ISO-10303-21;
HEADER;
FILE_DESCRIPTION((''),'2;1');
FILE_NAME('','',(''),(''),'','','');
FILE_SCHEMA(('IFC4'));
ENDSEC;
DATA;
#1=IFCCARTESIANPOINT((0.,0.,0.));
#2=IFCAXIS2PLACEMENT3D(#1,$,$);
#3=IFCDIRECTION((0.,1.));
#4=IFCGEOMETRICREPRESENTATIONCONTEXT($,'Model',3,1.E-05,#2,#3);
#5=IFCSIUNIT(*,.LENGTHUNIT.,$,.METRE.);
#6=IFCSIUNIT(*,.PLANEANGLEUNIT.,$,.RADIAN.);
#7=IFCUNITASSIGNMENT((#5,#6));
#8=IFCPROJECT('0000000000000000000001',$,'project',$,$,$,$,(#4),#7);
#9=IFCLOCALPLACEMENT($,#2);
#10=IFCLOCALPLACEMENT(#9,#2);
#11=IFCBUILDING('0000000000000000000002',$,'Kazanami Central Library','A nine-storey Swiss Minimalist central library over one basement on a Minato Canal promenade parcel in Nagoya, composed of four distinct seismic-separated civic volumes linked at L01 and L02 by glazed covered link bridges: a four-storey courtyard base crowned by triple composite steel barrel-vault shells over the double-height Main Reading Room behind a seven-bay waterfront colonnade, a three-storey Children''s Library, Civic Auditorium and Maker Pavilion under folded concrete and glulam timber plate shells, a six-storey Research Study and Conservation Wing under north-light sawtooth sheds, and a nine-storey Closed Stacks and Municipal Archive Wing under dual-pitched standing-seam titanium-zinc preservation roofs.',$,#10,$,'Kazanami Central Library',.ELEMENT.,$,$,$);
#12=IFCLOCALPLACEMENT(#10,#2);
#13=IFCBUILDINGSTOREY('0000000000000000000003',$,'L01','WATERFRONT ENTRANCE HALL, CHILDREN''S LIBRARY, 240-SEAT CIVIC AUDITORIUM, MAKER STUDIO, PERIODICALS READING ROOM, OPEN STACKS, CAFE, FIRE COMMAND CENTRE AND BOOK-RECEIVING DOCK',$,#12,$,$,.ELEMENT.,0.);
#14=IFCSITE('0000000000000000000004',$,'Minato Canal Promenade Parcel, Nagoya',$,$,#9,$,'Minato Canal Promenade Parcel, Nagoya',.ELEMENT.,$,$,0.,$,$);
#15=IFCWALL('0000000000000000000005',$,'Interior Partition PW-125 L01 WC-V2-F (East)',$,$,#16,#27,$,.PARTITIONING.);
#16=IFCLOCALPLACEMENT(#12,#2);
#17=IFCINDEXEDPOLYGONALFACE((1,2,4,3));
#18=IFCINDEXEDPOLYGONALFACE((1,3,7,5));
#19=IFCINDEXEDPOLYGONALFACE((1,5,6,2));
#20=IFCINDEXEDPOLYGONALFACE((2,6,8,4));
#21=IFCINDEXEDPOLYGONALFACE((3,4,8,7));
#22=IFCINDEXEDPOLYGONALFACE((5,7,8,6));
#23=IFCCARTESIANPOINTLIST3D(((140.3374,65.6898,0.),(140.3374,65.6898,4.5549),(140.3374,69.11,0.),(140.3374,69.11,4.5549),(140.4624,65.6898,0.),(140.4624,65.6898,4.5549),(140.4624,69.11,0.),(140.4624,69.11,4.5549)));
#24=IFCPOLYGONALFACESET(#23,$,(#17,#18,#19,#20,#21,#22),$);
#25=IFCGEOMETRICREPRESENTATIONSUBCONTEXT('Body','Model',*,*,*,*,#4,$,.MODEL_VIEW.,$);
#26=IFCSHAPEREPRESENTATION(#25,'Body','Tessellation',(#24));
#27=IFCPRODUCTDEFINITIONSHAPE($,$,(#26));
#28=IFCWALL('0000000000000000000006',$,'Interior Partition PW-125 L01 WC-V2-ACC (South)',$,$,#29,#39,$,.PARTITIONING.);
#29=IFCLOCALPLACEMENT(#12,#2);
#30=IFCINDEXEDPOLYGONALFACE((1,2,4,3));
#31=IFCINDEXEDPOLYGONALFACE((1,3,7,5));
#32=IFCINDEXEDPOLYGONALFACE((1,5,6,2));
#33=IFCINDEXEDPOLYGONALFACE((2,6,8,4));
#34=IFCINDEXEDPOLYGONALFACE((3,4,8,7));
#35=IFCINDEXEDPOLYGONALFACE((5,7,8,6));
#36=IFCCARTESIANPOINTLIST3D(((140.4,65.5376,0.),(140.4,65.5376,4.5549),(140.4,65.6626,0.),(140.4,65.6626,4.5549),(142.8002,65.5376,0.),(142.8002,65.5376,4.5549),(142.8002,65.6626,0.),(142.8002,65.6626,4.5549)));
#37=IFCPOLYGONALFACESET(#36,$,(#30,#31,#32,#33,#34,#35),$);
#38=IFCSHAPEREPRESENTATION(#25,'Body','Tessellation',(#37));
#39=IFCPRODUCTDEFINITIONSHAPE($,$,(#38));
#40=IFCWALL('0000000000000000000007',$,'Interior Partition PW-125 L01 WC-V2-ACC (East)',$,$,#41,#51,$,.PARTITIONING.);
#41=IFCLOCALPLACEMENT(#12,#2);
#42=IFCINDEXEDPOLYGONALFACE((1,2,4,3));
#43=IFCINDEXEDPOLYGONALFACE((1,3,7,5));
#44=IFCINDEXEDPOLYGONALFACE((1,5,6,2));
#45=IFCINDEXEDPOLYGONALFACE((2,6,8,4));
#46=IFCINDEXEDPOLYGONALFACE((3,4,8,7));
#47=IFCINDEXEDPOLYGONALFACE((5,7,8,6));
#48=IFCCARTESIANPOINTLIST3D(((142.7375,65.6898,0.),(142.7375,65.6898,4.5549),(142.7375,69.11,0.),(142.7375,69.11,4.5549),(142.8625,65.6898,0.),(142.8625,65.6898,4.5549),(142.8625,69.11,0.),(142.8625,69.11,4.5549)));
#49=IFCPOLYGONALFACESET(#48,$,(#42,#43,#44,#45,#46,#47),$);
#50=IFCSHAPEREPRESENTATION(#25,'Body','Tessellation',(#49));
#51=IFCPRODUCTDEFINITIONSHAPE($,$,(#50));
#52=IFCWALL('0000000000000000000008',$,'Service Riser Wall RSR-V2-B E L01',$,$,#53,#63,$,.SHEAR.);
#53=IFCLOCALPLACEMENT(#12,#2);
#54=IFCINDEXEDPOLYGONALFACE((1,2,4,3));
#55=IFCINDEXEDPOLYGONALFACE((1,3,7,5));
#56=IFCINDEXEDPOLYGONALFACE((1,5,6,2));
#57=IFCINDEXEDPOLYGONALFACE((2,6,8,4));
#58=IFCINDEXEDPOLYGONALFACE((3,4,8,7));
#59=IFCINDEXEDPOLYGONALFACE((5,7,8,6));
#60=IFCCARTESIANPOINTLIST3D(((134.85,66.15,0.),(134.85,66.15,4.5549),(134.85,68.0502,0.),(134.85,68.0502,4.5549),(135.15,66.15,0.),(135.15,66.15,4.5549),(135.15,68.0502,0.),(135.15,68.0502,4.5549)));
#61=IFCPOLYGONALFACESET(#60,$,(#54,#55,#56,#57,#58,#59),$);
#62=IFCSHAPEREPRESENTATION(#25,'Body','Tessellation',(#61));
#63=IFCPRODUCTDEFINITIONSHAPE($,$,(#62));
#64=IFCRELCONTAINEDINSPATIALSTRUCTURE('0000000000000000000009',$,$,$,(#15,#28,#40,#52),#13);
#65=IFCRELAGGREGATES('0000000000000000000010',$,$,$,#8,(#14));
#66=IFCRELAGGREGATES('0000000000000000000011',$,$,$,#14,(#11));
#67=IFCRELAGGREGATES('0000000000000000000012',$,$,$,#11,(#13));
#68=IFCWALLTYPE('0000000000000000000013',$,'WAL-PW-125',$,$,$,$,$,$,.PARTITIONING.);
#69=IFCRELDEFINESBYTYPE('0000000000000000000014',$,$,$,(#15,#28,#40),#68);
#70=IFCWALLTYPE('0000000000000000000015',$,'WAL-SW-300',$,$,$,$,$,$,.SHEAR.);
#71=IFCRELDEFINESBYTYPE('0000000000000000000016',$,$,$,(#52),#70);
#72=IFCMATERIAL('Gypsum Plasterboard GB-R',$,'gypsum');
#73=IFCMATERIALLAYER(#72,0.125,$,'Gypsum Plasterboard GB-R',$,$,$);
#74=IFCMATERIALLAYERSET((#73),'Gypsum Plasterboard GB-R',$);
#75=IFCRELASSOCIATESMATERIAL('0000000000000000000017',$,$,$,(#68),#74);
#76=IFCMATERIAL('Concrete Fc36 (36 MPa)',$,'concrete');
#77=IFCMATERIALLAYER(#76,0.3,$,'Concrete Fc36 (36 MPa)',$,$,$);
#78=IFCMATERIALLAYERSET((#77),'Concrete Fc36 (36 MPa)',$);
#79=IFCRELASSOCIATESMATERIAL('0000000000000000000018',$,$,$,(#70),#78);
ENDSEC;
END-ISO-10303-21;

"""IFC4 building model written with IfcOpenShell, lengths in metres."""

from ifc_helpers import new_model, si_unit, direction, frame, frame_2d, origin, place, context, subcontext, project, spatial, rectangle, extrude, material, layer, layer_set, type_object, element, save


model = new_model("IFC4")

# Units and contexts
model_context = context("Model", 3, precision=1e-05, world=origin(), true_north=direction((0.0, 1.0)))
body_context = subcontext(model_context, "Body", "Model", "MODEL_VIEW")
ifc_project = project(units=[si_unit("LENGTHUNIT", "METRE"), si_unit("PLANEANGLEUNIT", "RADIAN")], contexts=[model_context])

# Site, building, storey
site_placement = place(None, origin())
site = spatial("IfcSite", under=ifc_project, at=site_placement, Name="Minato Canal Promenade Parcel, Nagoya", LongName="Minato Canal Promenade Parcel, Nagoya", CompositionType="ELEMENT", RefElevation=0.0)
building_placement = place(site_placement, origin())
building = spatial("IfcBuilding", under=site, at=building_placement, Name="Kazanami Central Library", Description="A nine-storey Swiss Minimalist central library over one basement on a Minato Canal promenade parcel in Nagoya, composed of four distinct seismic-separated civic volumes linked at L01 and L02 by glazed covered link bridges: a four-storey courtyard base crowned by triple composite steel barrel-vault shells over the double-height Main Reading Room behind a seven-bay waterfront colonnade, a three-storey Children's Library, Civic Auditorium and Maker Pavilion under folded concrete and glulam timber plate shells, a six-storey Research Study and Conservation Wing under north-light sawtooth sheds, and a nine-storey Closed Stacks and Municipal Archive Wing under dual-pitched standing-seam titanium-zinc preservation roofs.", LongName="Kazanami Central Library", CompositionType="ELEMENT")
storey_placement = place(building_placement, origin())
storey = spatial("IfcBuildingStorey", under=building, at=storey_placement, Name="L01", Description="WATERFRONT ENTRANCE HALL, CHILDREN'S LIBRARY, 240-SEAT CIVIC AUDITORIUM, MAKER STUDIO, PERIODICALS READING ROOM, OPEN STACKS, CAFE, FIRE COMMAND CENTRE AND BOOK-RECEIVING DOCK", CompositionType="ELEMENT", Elevation=0.0)

# Walls
ifc_material_1 = material(Name="Gypsum Plasterboard GB-R", Category="gypsum")
ifc_layer_1 = layer(ifc_material_1, 0.125, Name="Gypsum Plasterboard GB-R")
ifc_layer_set_1 = layer_set([ifc_layer_1], Name="Gypsum Plasterboard GB-R")
wall_type_1 = type_object("IfcWallType", Name="WAL-PW-125", PredefinedType="PARTITIONING", material=ifc_layer_set_1)
wall_1_placement = place(storey_placement, frame((140.3999, 65.6899, 0.0), z_axis=(0.0, 0.0, 1.0), x_axis=(0.0, 1.0, 0.0)))
element("IfcWall", 1, at=wall_1_placement, inside=storey, type_object=wall_type_1, Name="Interior Partition PW-125 L01 WC-V2-F (East)", PredefinedType="PARTITIONING", context=body_context, shape_type="SweptSolid", body=[
    extrude(rectangle(XDim=3.4202, YDim=0.125, at=frame_2d((1.71, 0.0))), origin(), (0.0, 0.0, 1.0), 4.5549),
])
wall_2_placement = place(storey_placement, frame((140.3999, 65.6001, 0.0), z_axis=(0.0, 0.0, 1.0), x_axis=(1.0, 0.0, 0.0)))
element("IfcWall", 2, at=wall_2_placement, inside=storey, type_object=wall_type_1, Name="Interior Partition PW-125 L01 WC-V2-ACC (South)", PredefinedType="PARTITIONING", context=body_context, shape_type="SweptSolid", body=[
    extrude(rectangle(XDim=2.4001, YDim=0.125, at=frame_2d((1.2002, 0.0))), origin(), (0.0, 0.0, 1.0), 4.5549),
])
wall_3_placement = place(storey_placement, frame((142.8, 65.6899, 0.0), z_axis=(0.0, 0.0, 1.0), x_axis=(0.0, 1.0, 0.0)))
element("IfcWall", 3, at=wall_3_placement, inside=storey, type_object=wall_type_1, Name="Interior Partition PW-125 L01 WC-V2-ACC (East)", PredefinedType="PARTITIONING", context=body_context, shape_type="SweptSolid", body=[
    extrude(rectangle(XDim=3.4202, YDim=0.125, at=frame_2d((1.71, 0.0))), origin(), (0.0, 0.0, 1.0), 4.5549),
])
ifc_material_2 = material(Name="Concrete Fc36 (36 MPa)", Category="concrete")
ifc_layer_2 = layer(ifc_material_2, 0.3, Name="Concrete Fc36 (36 MPa)")
ifc_layer_set_2 = layer_set([ifc_layer_2], Name="Concrete Fc36 (36 MPa)")
wall_type_2 = type_object("IfcWallType", Name="WAL-SW-300", PredefinedType="SHEAR", material=ifc_layer_set_2)
wall_4_placement = place(storey_placement, frame((135.0, 66.1499, 0.0), z_axis=(0.0, 0.0, 1.0), x_axis=(0.0, 1.0, 0.0)))
element("IfcWall", 4, at=wall_4_placement, inside=storey, type_object=wall_type_2, Name="Service Riser Wall RSR-V2-B E L01", PredefinedType="SHEAR", context=body_context, shape_type="SweptSolid", body=[
    extrude(rectangle(XDim=1.9001, YDim=0.3, at=frame_2d((0.9502, 0.0))), origin(), (0.0, 0.0, 1.0), 4.5549),
])

save(model, "model.ifc")
